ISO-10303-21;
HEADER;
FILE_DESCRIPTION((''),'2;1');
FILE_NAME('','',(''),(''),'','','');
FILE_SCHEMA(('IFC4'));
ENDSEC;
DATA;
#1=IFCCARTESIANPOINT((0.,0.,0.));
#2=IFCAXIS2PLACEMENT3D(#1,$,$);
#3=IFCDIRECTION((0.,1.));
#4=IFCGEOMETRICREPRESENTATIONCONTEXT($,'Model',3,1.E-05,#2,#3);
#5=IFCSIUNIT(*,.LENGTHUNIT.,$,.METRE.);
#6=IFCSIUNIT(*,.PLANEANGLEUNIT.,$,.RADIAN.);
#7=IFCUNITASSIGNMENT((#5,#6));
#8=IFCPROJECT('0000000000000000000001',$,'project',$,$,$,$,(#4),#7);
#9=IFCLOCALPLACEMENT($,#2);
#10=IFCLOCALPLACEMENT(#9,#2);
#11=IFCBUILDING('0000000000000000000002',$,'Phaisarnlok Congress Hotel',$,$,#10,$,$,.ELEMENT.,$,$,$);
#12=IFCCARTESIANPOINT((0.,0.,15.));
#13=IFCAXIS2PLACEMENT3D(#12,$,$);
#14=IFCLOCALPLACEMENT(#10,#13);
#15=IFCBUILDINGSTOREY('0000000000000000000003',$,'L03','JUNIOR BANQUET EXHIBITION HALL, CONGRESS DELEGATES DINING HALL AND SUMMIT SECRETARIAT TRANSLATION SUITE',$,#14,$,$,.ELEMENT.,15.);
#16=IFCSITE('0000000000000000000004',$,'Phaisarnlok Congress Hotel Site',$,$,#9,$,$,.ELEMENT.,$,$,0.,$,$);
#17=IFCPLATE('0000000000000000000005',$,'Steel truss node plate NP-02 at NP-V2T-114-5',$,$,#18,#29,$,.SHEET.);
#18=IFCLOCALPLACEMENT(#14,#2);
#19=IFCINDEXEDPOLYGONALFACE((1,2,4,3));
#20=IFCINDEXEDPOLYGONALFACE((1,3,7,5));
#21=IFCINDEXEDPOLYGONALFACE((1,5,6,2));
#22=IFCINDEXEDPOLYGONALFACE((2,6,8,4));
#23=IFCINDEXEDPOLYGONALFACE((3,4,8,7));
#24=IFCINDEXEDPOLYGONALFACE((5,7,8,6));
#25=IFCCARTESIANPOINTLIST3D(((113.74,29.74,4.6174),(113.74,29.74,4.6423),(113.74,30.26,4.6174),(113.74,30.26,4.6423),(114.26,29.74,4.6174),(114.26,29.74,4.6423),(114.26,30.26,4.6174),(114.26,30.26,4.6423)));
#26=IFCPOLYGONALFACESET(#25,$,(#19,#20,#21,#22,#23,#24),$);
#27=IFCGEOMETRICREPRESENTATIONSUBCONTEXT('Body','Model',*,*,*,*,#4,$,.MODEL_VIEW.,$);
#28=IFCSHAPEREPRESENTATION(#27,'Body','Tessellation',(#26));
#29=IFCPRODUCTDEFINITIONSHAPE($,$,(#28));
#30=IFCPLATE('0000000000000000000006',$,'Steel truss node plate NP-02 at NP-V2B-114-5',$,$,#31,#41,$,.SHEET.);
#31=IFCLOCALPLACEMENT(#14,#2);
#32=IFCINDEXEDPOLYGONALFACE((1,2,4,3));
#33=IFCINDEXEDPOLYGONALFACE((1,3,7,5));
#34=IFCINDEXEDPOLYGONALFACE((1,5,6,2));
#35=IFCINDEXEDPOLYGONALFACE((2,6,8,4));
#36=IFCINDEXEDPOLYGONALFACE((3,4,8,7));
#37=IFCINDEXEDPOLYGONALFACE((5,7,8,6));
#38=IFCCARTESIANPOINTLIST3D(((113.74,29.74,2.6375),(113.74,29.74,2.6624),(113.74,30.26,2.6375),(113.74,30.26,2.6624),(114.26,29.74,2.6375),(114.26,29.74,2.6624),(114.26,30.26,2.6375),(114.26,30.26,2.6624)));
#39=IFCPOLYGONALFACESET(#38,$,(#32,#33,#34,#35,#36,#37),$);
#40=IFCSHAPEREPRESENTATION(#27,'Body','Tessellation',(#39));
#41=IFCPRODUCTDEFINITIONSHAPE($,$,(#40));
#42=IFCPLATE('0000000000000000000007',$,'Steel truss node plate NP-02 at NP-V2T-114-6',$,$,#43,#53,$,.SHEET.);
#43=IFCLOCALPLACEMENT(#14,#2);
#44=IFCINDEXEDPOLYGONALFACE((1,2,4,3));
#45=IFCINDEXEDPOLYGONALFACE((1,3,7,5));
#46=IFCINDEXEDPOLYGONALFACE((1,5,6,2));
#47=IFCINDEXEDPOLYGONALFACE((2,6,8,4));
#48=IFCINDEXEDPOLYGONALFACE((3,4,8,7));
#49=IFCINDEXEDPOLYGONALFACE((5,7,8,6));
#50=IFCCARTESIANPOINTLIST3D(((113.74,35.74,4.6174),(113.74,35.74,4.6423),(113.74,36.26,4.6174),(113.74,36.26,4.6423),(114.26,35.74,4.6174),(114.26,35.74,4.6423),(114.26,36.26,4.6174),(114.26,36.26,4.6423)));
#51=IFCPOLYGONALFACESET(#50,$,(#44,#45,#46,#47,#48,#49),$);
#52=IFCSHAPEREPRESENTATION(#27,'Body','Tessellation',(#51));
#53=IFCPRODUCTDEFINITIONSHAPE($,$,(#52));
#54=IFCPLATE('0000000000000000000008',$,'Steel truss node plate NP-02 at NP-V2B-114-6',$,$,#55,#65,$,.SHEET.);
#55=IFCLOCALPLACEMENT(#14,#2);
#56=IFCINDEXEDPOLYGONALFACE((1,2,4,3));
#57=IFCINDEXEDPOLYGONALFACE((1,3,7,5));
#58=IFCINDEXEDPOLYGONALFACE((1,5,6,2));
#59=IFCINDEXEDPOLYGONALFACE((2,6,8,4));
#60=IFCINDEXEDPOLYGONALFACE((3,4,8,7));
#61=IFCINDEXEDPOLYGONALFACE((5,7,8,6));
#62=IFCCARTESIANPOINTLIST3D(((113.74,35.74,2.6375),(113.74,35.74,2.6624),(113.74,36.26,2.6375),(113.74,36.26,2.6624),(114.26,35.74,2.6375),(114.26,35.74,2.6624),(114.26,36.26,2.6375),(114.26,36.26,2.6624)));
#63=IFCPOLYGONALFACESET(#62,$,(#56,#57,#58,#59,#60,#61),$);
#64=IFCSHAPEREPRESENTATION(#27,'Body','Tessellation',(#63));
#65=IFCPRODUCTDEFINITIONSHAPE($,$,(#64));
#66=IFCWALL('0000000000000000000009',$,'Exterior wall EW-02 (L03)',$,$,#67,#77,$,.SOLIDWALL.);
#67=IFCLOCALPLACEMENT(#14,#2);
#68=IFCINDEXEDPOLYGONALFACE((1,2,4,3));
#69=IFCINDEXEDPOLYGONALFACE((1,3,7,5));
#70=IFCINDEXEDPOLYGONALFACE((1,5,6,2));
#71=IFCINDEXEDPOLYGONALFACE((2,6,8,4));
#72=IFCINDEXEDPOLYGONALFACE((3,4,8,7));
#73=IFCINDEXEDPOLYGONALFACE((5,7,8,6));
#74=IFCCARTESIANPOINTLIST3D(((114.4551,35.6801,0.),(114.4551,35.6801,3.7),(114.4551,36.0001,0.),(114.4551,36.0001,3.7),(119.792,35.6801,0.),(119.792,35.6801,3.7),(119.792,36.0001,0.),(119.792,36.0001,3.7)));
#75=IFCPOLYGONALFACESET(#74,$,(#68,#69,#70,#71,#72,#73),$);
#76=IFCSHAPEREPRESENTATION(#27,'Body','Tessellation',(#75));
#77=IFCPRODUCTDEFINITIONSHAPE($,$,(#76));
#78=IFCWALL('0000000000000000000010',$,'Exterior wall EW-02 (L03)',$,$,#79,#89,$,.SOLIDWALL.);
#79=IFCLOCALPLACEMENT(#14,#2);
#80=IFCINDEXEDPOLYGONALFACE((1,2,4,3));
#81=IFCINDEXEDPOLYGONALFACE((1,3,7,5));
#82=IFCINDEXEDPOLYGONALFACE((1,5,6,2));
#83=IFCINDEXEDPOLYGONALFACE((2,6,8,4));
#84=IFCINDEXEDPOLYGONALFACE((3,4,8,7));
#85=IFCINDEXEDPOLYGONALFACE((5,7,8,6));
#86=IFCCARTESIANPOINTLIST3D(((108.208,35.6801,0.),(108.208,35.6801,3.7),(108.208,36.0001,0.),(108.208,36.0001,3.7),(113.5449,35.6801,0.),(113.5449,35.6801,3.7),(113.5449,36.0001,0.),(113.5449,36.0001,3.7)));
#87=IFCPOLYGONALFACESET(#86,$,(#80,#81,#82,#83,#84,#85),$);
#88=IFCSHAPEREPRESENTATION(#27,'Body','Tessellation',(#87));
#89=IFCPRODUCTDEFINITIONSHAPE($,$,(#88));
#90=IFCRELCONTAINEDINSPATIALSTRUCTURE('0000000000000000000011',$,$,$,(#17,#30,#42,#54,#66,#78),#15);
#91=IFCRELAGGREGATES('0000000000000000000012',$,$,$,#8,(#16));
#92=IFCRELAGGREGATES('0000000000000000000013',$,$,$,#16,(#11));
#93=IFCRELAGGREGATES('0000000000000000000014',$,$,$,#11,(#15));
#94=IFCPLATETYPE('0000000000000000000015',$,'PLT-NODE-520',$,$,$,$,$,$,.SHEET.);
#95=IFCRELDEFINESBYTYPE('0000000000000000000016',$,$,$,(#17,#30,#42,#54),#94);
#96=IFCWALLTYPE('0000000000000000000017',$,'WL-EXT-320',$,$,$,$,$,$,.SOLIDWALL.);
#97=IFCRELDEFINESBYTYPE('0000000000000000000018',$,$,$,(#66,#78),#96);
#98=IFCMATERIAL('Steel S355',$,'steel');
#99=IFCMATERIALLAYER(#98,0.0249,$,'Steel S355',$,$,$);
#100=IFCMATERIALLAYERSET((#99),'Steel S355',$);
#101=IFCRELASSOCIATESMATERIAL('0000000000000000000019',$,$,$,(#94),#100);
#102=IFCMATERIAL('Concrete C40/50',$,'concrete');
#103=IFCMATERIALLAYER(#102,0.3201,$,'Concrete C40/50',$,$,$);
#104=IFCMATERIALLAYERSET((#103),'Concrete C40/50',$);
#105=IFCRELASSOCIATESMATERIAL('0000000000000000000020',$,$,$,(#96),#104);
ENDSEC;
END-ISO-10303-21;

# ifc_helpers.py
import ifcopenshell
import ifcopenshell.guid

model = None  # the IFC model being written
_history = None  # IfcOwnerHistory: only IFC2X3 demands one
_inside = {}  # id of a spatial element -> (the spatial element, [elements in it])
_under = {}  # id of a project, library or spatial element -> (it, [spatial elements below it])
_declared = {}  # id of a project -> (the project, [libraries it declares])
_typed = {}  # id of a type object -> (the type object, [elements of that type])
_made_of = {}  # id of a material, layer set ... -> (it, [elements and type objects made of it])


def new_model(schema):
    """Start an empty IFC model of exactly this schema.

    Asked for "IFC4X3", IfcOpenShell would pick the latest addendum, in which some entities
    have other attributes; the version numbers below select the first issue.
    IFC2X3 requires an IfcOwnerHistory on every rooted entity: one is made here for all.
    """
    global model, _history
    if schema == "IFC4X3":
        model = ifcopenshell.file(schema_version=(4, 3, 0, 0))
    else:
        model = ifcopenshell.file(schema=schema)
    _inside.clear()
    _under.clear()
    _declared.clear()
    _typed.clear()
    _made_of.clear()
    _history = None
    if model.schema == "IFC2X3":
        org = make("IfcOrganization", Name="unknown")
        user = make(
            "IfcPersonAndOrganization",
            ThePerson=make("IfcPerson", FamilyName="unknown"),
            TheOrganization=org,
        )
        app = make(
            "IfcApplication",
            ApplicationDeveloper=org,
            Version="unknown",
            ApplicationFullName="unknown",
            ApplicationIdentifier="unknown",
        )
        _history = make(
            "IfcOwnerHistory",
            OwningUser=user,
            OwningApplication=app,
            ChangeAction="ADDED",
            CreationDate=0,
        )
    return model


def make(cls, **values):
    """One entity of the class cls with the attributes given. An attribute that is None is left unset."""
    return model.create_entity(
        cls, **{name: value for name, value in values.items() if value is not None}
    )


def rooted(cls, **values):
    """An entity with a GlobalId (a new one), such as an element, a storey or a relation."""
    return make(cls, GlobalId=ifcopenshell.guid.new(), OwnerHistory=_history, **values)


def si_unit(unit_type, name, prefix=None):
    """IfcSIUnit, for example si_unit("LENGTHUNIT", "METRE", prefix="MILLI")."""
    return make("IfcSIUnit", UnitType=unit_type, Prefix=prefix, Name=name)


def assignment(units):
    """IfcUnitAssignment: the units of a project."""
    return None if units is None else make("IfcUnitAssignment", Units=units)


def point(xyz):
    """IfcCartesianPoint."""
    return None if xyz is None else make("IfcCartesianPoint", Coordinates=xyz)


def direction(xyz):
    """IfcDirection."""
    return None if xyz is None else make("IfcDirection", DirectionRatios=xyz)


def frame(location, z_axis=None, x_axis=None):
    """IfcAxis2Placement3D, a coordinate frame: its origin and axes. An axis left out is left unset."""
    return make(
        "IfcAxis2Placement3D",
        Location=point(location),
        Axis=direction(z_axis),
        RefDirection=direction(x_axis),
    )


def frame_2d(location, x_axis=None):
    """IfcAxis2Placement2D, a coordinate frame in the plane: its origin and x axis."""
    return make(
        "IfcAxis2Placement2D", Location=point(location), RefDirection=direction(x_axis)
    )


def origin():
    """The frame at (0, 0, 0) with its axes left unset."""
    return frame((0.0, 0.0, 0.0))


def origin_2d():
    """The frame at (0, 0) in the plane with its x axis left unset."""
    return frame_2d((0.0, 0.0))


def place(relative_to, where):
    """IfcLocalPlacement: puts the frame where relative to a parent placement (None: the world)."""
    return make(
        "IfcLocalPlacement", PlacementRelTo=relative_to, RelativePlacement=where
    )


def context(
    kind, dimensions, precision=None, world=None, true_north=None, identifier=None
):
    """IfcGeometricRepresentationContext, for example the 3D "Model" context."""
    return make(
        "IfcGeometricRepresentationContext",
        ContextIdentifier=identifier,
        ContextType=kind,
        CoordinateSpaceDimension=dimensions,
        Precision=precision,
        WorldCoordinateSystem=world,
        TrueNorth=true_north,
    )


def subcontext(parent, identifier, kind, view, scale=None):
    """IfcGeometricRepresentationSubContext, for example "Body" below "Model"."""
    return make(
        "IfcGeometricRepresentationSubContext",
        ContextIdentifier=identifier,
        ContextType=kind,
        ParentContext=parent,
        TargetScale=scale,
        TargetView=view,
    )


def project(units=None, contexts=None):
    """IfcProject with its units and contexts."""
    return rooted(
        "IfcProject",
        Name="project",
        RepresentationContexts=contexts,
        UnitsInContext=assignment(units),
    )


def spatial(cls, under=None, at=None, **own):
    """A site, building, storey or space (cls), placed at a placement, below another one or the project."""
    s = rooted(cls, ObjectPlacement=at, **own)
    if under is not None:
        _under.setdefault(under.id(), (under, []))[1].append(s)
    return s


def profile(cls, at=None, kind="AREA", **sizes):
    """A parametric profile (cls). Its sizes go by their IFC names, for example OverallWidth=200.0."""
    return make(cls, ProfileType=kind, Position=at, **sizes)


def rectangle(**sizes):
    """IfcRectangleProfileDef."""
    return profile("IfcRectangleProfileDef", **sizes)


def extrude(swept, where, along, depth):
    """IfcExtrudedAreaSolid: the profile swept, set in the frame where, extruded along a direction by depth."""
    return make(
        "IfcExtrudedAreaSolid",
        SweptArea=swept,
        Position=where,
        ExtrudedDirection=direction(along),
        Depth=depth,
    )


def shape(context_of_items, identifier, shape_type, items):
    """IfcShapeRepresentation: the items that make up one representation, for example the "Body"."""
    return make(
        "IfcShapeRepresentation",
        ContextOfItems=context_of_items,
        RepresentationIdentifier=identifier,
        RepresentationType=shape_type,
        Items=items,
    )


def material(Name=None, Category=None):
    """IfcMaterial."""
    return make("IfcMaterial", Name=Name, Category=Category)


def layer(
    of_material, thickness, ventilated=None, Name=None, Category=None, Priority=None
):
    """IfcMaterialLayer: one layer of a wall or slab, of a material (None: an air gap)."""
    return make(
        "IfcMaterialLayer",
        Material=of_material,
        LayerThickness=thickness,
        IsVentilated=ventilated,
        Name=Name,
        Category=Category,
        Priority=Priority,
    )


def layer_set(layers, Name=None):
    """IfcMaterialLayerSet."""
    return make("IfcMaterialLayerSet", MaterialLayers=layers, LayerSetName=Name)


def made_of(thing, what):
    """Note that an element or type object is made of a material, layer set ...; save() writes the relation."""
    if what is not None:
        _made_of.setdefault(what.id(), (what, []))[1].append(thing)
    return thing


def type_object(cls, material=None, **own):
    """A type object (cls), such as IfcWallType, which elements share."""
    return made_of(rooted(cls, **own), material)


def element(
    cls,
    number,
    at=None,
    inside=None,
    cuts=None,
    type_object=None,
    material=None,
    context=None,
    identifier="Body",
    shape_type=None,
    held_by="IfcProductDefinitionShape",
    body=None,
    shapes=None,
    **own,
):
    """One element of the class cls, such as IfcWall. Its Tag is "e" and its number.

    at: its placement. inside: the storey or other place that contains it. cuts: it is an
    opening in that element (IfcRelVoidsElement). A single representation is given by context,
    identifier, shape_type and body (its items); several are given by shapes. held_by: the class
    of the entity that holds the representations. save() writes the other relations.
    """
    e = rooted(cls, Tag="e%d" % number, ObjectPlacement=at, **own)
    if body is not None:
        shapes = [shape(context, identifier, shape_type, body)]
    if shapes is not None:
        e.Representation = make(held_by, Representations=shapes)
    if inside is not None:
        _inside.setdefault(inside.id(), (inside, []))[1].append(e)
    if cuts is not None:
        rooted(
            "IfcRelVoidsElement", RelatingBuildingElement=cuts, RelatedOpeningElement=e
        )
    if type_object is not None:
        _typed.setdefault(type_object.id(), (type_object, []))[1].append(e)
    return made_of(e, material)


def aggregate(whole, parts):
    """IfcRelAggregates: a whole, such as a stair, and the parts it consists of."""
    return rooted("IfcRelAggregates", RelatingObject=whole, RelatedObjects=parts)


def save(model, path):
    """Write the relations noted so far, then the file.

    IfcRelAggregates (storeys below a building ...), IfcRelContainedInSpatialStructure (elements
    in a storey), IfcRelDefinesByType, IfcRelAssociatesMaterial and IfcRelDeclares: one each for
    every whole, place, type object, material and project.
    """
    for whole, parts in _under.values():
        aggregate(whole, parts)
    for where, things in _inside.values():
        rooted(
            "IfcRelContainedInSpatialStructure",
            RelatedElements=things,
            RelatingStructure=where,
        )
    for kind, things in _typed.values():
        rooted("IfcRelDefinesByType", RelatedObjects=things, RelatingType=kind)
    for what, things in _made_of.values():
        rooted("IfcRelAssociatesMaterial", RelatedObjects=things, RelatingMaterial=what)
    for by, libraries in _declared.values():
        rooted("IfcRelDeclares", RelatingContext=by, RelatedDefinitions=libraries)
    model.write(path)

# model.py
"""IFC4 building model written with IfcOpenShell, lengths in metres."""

from ifc_helpers import new_model, si_unit, direction, frame, frame_2d, origin, origin_2d, place, context, subcontext, project, spatial, rectangle, extrude, material, layer, layer_set, type_object, element, save


model = new_model("IFC4")

# Units and contexts
model_context = context("Model", 3, precision=1e-05, world=origin(), true_north=direction((0.0, 1.0)))
body_context = subcontext(model_context, "Body", "Model", "MODEL_VIEW")
ifc_project = project(units=[si_unit("LENGTHUNIT", "METRE"), si_unit("PLANEANGLEUNIT", "RADIAN")], contexts=[model_context])

# Site, building, storey
site_placement = place(None, origin())
site = spatial("IfcSite", under=ifc_project, at=site_placement, Name="Phaisarnlok Congress Hotel Site", CompositionType="ELEMENT", RefElevation=0.0)
building_placement = place(site_placement, origin())
building = spatial("IfcBuilding", under=site, at=building_placement, Name="Phaisarnlok Congress Hotel", CompositionType="ELEMENT")
storey_placement = place(building_placement, frame((0.0, 0.0, 15.0)))
storey = spatial("IfcBuildingStorey", under=building, at=storey_placement, Name="L03", Description="JUNIOR BANQUET EXHIBITION HALL, CONGRESS DELEGATES DINING HALL AND SUMMIT SECRETARIAT TRANSLATION SUITE", CompositionType="ELEMENT", Elevation=15.0)

# Shared definitions
ifc_material_1 = material(Name="Steel S355", Category="steel")

# Shared definitions
ifc_material_2 = material(Name="Concrete C40/50", Category="concrete")

# Plates
ifc_layer_1 = layer(ifc_material_1, 0.0249, Name="Steel S355")
ifc_layer_set_1 = layer_set([ifc_layer_1], Name="Steel S355")
plate_type_1 = type_object("IfcPlateType", Name="PLT-NODE-520", PredefinedType="SHEET", material=ifc_layer_set_1)
for number, where, z_axis, x_axis, name in (
    (1, (114.0, 30.0, 4.6174), (0.0, 0.0, 1.0), (1.0, 0.0, 0.0), "Steel truss node plate NP-02 at NP-V2T-114-5"),
    (2, (114.0, 30.0, 2.6375), (0.0, 0.0, 1.0), (1.0, 0.0, 0.0), "Steel truss node plate NP-02 at NP-V2B-114-5"),
    (3, (114.0, 36.0, 4.6174), (0.0, 0.0, 1.0), (1.0, 0.0, 0.0), "Steel truss node plate NP-02 at NP-V2T-114-6"),
    (4, (114.0, 36.0, 2.6375), (0.0, 0.0, 1.0), (1.0, 0.0, 0.0), "Steel truss node plate NP-02 at NP-V2B-114-6"),
):
    element("IfcPlate", number, at=place(storey_placement, frame(where, z_axis=z_axis, x_axis=x_axis)), inside=storey, type_object=plate_type_1, Name=name, PredefinedType="SHEET", context=body_context, shape_type="SweptSolid", body=[
        extrude(rectangle(XDim=0.52, YDim=0.52, at=origin_2d()), origin(), (0.0, 0.0, 1.0), 0.0249),
    ])

# Walls
ifc_layer_2 = layer(ifc_material_2, 0.3201, Name="Concrete C40/50")
ifc_layer_set_2 = layer_set([ifc_layer_2], Name="Concrete C40/50")
wall_type = type_object("IfcWallType", Name="WL-EXT-320", PredefinedType="SOLIDWALL", material=ifc_layer_set_2)
for number, where, z_axis, x_axis, name in (
    (5, (119.792, 35.8401, 0.0), (0.0, 0.0, 1.0), (-1.0, 0.0, 0.0), "Exterior wall EW-02 (L03)"),
    (6, (113.5449, 35.8401, 0.0), (0.0, 0.0, 1.0), (-1.0, 0.0, 0.0), "Exterior wall EW-02 (L03)"),
):
    element("IfcWall", number, at=place(storey_placement, frame(where, z_axis=z_axis, x_axis=x_axis)), inside=storey, type_object=wall_type, Name=name, PredefinedType="SOLIDWALL", context=body_context, shape_type="SweptSolid", body=[
        extrude(rectangle(XDim=5.3369, YDim=0.3201, at=frame_2d((2.6685, 0.0))), origin(), (0.0, 0.0, 1.0), 3.7),
    ])

save(model, "model.ifc")
